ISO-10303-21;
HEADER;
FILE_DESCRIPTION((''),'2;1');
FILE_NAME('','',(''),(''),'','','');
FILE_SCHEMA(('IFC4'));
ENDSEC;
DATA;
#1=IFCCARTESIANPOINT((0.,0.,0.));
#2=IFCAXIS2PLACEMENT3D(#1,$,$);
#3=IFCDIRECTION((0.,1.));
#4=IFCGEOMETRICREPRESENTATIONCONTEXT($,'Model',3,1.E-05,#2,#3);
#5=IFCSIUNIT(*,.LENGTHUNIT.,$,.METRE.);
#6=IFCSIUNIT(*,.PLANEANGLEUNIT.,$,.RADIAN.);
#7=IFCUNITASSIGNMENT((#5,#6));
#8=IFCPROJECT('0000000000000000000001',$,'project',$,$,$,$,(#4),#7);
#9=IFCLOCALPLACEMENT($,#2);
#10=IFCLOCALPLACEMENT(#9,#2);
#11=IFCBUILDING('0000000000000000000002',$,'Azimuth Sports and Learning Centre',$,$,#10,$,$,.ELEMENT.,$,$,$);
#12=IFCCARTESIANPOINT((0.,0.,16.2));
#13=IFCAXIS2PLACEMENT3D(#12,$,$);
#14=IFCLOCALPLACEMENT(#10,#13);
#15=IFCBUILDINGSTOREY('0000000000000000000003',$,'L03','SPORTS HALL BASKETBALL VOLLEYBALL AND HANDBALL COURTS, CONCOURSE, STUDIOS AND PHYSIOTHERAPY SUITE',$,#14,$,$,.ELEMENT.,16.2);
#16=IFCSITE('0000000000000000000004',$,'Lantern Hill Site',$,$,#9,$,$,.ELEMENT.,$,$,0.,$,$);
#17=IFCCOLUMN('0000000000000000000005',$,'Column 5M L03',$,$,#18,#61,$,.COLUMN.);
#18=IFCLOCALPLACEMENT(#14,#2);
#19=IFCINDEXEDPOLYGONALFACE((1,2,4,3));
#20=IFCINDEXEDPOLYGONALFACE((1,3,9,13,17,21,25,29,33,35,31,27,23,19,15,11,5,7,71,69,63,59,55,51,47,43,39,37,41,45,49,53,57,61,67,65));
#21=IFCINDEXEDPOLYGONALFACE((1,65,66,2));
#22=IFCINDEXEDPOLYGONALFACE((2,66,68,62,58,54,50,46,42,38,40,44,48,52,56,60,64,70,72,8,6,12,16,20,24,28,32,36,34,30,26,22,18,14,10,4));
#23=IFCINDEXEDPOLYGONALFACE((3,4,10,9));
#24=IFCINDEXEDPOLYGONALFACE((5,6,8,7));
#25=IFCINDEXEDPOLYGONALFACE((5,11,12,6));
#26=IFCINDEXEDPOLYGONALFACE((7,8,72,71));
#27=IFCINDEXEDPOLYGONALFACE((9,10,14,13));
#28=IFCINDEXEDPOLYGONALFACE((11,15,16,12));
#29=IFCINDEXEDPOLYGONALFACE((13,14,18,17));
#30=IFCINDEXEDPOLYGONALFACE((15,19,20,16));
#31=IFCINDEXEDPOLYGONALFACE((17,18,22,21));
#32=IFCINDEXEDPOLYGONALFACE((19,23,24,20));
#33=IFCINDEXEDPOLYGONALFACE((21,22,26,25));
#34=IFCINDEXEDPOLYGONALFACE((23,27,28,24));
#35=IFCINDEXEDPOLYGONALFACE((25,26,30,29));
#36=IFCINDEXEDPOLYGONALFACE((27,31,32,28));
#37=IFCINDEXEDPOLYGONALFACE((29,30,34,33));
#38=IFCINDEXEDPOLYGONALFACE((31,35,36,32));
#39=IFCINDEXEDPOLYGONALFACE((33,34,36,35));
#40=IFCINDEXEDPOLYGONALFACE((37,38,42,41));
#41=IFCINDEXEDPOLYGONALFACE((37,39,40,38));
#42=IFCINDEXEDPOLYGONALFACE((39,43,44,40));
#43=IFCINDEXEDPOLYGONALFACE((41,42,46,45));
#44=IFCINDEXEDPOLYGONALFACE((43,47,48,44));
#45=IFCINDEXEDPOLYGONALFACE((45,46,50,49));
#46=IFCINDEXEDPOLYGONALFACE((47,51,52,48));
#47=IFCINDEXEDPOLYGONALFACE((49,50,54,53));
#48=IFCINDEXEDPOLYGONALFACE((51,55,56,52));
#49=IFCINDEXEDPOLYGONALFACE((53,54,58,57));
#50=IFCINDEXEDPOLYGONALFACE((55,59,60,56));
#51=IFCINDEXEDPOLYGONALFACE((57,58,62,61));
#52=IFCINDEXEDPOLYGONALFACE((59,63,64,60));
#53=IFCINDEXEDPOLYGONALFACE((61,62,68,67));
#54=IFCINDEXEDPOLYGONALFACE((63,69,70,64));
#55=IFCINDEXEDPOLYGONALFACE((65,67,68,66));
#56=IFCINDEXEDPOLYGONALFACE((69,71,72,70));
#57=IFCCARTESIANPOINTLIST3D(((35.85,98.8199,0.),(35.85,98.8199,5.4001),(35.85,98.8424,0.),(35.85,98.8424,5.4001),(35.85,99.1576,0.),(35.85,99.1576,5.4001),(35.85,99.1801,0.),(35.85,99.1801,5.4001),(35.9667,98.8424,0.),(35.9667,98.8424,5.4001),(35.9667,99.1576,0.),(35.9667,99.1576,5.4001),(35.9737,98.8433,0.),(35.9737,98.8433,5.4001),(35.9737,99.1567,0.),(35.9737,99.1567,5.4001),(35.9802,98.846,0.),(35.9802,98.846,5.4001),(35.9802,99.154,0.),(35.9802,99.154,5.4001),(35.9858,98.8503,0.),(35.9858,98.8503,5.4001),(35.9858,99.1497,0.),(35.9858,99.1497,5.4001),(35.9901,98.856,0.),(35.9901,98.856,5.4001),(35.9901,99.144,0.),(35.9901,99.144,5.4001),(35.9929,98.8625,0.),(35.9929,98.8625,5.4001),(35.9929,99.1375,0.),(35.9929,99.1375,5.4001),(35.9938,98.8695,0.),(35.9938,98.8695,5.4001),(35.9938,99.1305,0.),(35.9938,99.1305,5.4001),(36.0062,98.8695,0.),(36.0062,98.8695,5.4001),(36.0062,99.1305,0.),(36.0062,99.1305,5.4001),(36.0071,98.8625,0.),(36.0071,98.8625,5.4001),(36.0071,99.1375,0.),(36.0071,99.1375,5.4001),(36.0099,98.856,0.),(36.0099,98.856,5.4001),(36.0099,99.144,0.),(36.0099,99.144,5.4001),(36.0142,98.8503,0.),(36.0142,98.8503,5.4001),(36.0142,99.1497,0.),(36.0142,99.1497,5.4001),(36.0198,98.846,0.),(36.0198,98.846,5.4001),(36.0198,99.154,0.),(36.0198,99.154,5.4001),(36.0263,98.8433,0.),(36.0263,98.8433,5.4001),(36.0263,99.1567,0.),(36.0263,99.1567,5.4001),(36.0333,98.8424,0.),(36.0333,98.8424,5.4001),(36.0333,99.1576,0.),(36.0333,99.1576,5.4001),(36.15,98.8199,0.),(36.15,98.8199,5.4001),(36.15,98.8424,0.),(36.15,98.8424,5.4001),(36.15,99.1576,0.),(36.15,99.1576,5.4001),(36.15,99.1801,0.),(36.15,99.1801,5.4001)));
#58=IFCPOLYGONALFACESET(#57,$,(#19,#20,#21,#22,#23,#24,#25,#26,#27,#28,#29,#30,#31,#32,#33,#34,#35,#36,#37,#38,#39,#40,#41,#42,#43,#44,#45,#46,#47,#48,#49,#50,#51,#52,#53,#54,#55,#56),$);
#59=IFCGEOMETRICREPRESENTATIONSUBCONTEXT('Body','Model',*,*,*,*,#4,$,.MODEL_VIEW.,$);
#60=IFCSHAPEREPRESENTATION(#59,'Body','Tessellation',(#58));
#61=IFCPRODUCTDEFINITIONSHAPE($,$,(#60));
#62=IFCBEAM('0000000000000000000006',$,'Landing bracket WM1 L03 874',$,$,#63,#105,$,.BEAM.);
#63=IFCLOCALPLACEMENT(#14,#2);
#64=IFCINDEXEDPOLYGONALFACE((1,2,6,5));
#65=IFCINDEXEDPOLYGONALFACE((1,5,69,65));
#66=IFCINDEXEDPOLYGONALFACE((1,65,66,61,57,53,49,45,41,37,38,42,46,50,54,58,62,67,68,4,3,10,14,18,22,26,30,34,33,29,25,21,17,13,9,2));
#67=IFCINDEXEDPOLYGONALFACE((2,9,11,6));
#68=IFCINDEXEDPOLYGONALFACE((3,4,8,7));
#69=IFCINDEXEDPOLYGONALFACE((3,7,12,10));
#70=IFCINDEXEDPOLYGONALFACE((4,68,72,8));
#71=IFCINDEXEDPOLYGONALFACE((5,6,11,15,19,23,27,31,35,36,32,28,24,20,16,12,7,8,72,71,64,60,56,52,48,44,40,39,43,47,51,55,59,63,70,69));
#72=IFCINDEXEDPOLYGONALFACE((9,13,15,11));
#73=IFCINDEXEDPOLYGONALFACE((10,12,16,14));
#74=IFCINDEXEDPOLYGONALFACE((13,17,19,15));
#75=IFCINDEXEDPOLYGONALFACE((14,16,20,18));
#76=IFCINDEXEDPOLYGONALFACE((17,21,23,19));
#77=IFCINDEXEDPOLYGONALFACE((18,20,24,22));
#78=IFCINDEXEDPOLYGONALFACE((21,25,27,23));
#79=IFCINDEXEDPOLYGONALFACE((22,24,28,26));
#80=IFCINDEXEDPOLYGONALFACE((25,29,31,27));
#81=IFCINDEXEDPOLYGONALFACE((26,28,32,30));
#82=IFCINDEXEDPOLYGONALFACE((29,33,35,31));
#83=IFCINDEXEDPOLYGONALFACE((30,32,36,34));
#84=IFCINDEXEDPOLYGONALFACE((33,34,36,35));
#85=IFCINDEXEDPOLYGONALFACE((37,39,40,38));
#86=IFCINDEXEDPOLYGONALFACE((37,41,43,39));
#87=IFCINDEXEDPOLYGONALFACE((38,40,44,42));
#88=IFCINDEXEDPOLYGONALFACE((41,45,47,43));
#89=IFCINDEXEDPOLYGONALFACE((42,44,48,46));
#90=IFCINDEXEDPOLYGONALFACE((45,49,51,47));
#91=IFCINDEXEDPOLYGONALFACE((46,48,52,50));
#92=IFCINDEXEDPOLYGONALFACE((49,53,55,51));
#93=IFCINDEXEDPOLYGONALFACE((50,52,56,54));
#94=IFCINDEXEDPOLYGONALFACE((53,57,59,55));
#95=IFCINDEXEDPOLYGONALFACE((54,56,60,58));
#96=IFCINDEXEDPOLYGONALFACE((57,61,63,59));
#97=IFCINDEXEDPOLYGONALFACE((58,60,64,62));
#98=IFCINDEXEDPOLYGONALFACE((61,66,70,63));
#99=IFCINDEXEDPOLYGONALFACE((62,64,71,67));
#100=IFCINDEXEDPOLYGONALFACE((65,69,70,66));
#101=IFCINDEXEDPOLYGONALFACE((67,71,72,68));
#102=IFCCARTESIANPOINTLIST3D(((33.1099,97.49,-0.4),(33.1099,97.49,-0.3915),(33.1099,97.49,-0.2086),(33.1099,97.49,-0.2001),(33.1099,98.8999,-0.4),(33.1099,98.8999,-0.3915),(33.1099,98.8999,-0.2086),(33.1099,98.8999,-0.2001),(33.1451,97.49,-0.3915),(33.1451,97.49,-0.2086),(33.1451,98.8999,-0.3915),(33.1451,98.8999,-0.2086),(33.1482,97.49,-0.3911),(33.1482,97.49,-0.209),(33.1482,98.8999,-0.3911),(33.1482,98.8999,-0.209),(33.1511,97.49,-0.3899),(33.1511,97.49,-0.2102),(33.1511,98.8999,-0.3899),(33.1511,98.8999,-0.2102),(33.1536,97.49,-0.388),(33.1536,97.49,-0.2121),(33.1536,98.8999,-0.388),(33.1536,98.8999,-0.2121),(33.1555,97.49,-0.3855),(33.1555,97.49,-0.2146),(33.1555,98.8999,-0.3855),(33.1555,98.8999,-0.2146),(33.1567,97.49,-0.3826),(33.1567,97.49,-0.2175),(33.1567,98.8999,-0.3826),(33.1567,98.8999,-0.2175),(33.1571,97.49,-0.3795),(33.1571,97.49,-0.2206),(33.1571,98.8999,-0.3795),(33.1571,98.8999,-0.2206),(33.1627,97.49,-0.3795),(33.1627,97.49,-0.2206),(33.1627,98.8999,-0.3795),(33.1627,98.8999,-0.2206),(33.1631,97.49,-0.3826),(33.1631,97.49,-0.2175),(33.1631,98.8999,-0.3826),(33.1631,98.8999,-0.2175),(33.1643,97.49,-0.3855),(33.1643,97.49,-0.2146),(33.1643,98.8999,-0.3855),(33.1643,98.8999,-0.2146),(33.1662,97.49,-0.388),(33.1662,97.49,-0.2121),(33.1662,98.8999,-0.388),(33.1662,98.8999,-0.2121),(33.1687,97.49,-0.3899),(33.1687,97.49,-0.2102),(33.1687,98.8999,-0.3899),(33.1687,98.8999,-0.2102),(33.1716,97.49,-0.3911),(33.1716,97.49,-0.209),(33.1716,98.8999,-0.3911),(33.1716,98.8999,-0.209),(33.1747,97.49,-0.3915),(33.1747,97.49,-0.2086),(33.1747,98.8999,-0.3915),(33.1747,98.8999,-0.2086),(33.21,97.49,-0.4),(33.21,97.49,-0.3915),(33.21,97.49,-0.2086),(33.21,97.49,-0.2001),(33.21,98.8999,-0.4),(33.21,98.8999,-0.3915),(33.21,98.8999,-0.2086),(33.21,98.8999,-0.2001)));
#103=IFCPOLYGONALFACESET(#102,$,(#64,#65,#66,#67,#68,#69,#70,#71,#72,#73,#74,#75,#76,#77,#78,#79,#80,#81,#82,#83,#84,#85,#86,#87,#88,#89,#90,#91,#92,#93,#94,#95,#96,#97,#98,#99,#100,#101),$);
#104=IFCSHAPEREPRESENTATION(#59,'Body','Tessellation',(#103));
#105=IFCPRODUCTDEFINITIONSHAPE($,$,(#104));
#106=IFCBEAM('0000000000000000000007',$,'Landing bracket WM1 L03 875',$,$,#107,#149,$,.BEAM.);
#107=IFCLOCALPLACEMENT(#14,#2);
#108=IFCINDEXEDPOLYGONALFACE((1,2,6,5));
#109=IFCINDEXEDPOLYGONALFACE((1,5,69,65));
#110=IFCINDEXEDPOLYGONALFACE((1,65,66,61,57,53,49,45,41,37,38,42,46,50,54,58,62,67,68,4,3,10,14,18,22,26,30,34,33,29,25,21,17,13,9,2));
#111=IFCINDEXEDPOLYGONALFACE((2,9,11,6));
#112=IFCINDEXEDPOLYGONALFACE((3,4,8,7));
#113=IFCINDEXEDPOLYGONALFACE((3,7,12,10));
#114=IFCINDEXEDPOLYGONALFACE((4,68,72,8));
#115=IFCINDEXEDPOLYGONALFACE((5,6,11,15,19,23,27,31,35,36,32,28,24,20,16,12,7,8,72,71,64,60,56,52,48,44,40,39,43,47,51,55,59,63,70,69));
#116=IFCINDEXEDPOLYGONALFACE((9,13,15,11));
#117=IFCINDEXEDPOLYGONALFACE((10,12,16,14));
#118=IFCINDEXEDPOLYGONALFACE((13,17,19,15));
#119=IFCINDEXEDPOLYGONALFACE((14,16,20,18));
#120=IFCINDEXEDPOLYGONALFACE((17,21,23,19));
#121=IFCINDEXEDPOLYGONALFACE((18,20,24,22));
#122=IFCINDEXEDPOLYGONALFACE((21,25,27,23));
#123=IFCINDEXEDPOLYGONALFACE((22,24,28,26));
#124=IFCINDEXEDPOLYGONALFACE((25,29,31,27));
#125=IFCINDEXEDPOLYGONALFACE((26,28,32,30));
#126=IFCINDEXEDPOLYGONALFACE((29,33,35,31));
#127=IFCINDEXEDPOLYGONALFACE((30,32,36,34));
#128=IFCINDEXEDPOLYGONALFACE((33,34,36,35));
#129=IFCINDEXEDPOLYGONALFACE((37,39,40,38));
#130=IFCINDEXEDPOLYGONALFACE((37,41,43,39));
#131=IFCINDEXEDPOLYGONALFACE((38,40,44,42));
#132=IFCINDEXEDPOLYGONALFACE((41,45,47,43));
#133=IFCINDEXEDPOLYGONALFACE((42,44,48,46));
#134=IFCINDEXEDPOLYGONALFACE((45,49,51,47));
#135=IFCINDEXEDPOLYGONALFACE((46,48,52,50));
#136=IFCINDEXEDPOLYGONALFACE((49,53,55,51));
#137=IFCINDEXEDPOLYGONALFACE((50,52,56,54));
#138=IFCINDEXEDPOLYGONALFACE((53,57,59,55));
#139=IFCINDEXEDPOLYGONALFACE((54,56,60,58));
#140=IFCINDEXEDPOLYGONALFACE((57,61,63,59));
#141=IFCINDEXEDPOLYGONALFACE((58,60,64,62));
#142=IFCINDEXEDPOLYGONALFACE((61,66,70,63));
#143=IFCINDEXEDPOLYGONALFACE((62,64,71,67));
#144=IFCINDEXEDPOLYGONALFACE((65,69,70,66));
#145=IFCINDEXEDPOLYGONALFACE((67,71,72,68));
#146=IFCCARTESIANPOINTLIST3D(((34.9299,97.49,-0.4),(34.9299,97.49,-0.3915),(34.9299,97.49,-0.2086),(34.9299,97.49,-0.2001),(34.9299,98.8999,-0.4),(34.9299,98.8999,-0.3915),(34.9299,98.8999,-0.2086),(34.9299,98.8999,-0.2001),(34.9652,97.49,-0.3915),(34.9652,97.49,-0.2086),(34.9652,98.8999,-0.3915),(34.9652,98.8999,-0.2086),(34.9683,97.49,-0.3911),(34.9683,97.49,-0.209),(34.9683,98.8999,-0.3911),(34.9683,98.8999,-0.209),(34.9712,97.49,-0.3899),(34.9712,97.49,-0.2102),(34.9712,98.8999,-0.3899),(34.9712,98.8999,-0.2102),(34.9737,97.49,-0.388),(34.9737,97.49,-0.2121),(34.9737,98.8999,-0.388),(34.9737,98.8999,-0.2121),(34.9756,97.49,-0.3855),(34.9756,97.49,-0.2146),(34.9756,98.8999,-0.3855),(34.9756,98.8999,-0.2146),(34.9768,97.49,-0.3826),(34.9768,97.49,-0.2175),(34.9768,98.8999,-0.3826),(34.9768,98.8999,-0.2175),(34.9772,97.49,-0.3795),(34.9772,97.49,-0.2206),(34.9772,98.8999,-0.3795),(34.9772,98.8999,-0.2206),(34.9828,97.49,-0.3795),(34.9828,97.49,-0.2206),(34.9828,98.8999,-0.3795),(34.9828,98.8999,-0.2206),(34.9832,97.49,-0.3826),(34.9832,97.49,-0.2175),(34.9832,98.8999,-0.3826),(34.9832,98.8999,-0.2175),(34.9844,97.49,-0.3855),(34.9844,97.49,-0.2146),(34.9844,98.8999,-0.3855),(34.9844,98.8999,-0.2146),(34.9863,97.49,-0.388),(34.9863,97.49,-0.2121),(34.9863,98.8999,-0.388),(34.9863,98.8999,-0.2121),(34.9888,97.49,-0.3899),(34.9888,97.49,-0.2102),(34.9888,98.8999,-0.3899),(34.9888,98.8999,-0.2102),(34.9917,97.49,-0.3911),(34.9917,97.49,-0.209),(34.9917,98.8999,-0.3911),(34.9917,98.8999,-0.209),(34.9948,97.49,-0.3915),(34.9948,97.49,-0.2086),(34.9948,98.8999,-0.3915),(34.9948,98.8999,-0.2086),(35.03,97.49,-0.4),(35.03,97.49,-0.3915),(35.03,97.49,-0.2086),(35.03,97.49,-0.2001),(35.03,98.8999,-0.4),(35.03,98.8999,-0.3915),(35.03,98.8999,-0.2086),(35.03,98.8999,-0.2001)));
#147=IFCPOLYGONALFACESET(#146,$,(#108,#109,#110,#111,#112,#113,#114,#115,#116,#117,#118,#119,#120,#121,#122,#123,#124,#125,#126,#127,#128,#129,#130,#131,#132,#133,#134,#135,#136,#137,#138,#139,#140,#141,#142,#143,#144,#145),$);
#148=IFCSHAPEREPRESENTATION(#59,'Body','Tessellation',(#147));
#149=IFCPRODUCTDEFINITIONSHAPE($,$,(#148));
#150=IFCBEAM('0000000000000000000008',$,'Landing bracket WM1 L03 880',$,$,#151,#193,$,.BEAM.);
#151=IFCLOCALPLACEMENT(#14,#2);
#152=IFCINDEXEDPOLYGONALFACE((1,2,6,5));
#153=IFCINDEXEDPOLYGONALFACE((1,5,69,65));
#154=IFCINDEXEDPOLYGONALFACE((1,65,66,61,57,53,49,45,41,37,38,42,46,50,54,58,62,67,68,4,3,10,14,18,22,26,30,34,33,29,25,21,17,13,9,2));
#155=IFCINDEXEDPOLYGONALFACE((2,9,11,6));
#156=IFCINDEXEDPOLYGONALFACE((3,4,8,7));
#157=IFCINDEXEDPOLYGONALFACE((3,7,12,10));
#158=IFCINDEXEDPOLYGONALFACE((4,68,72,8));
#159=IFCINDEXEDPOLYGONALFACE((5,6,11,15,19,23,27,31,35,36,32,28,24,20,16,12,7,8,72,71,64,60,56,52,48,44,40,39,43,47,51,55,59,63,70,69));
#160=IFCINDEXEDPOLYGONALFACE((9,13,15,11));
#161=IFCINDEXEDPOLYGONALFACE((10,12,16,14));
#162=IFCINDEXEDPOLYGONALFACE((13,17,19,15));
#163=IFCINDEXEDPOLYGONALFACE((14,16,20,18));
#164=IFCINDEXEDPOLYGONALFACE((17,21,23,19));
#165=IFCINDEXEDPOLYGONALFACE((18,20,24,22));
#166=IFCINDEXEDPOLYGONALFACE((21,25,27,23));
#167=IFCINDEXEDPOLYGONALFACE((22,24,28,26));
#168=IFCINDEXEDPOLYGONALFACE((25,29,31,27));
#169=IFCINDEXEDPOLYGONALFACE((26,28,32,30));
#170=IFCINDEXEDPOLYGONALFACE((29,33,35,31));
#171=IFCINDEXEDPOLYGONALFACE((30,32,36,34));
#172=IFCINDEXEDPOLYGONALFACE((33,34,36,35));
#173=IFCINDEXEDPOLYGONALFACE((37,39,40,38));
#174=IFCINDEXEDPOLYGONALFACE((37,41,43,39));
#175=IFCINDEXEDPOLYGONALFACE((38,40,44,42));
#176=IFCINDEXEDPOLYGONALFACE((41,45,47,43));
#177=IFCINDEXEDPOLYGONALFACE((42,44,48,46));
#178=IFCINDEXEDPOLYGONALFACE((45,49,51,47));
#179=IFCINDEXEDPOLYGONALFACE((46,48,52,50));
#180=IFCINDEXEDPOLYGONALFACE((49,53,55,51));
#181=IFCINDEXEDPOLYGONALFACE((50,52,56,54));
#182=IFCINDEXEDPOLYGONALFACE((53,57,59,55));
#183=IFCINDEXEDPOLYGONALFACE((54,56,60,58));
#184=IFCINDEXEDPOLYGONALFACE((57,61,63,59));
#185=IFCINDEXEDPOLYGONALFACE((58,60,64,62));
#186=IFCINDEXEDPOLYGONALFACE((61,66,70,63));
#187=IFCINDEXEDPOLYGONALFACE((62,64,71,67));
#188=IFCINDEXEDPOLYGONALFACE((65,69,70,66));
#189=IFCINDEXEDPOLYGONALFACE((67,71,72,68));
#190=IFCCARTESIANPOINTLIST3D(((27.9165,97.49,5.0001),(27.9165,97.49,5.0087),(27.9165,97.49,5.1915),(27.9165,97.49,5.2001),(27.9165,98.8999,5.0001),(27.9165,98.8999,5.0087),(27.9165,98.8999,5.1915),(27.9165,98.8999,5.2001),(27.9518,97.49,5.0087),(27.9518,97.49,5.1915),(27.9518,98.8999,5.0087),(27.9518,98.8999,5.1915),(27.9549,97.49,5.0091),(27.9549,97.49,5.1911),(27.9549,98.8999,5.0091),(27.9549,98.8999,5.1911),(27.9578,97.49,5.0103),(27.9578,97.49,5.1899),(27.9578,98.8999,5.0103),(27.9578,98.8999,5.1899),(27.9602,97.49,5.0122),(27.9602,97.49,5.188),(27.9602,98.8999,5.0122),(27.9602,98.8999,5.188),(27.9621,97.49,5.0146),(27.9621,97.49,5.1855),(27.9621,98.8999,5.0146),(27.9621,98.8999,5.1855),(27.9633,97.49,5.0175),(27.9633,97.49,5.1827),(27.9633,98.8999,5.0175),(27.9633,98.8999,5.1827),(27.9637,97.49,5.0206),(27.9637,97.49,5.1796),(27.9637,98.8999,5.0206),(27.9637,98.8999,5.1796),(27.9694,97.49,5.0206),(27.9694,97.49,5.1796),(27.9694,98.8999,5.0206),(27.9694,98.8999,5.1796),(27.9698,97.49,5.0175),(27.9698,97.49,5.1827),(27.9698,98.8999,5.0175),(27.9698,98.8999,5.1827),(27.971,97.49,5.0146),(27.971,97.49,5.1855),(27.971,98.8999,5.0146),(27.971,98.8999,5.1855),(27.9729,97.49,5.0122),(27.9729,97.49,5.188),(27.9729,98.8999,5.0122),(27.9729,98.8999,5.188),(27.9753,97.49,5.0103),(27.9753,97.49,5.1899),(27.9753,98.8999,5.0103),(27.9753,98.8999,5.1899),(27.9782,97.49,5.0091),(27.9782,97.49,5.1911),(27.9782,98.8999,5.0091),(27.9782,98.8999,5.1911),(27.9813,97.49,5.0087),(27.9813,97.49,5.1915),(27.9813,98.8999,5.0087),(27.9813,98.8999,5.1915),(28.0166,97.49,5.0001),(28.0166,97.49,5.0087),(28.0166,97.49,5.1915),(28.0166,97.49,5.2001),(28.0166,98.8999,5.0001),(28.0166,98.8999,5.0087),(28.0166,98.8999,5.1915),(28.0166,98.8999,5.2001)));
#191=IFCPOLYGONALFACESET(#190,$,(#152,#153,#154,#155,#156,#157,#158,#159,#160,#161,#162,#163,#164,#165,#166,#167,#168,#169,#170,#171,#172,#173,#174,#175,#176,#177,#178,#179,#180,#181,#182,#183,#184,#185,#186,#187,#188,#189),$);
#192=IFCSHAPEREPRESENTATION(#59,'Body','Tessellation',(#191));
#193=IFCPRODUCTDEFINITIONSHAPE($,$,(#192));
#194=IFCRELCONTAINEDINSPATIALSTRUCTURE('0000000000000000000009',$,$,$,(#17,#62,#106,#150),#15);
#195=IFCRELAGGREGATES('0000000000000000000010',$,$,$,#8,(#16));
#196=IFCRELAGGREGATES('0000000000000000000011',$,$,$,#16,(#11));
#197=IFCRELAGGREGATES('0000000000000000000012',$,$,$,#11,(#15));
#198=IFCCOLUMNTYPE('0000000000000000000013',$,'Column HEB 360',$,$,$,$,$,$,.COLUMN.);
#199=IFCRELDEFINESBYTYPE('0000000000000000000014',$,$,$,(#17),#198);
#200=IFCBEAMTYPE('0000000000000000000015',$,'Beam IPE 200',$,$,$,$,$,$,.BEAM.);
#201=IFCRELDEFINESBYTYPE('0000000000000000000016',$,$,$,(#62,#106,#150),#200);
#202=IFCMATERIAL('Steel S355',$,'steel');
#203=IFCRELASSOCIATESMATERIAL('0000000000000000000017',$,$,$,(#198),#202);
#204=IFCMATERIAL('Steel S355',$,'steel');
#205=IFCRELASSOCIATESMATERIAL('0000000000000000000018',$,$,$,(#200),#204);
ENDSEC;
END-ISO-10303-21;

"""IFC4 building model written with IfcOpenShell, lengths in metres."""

from ifc_helpers import new_model, si_unit, direction, frame, origin, origin_2d, place, context, subcontext, project, spatial, i_section, extrude, material, material_profile, profile_set, type_object, element, save


model = new_model("IFC4")

# Units and contexts
model_context = context("Model", 3, precision=1e-05, world=origin(), true_north=direction((0.0, 1.0)))
body_context = subcontext(model_context, "Body", "Model", "MODEL_VIEW")
ifc_project = project(units=[si_unit("LENGTHUNIT", "METRE"), si_unit("PLANEANGLEUNIT", "RADIAN")], contexts=[model_context])

# Site, building, storey
site_placement = place(None, origin())
site = spatial("IfcSite", under=ifc_project, at=site_placement, Name="Lantern Hill Site", CompositionType="ELEMENT", RefElevation=0.0)
building_placement = place(site_placement, origin())
building = spatial("IfcBuilding", under=site, at=building_placement, Name="Azimuth Sports and Learning Centre", CompositionType="ELEMENT")
storey_placement = place(building_placement, frame((0.0, 0.0, 16.2)))
storey = spatial("IfcBuildingStorey", under=building, at=storey_placement, Name="L03", Description="SPORTS HALL BASKETBALL VOLLEYBALL AND HANDBALL COURTS, CONCOURSE, STUDIOS AND PHYSIOTHERAPY SUITE", CompositionType="ELEMENT", Elevation=16.2)

# Column
ifc_material_1 = material(Name="Steel S355", Category="steel")
ifc_material_profile_1 = material_profile(ifc_material_1, i_section(OverallWidth=0.3, OverallDepth=0.3601, WebThickness=0.0125, FlangeThickness=0.0225, FilletRadius=0.0271, at=origin_2d()), Name="HEB 360")
ifc_profile_set_1 = profile_set([ifc_material_profile_1], Name="Steel S355")
column_type = type_object("IfcColumnType", Name="Column HEB 360", PredefinedType="COLUMN", material=ifc_profile_set_1)
column_placement = place(storey_placement, frame((36.0, 99.0, 0.0), z_axis=(0.0, 0.0, 1.0), x_axis=(1.0, 0.0, 0.0)))
element("IfcColumn", 1, at=column_placement, inside=storey, type_object=column_type, Name="Column 5M L03", PredefinedType="COLUMN", context=body_context, shape_type="SweptSolid", body=[
    extrude(i_section(OverallWidth=0.3, OverallDepth=0.3601, WebThickness=0.0125, FlangeThickness=0.0225, FilletRadius=0.0271, at=origin_2d()), origin(), (0.0, 0.0, 1.0), 5.4001),
])

# Beams
ifc_material_2 = material(Name="Steel S355", Category="steel")
ifc_material_profile_2 = material_profile(ifc_material_2, i_section(OverallWidth=0.1001, OverallDepth=0.2, WebThickness=0.0056, FlangeThickness=0.0085, FilletRadius=0.012, at=origin_2d()), Name="IPE 200")
ifc_profile_set_2 = profile_set([ifc_material_profile_2], Name="Steel S355")
beam_type_1 = type_object("IfcBeamType", Name="Beam IPE 200", PredefinedType="BEAM", material=ifc_profile_set_2)
for number, where, z_axis, x_axis, name in (
    (2, (33.1599, 98.8999, -0.3), (0.0, -1.0, 0.0), (1.0, 0.0, 0.0), "Landing bracket WM1 L03 874"),
    (3, (34.98, 98.8999, -0.3), (0.0, -1.0, 0.0), (1.0, 0.0, 0.0), "Landing bracket WM1 L03 875"),
    (4, (27.9666, 98.8999, 5.1001), (0.0, -1.0, 0.0), (1.0, 0.0, 0.0), "Landing bracket WM1 L03 880"),
):
    element("IfcBeam", number, at=place(storey_placement, frame(where, z_axis=z_axis, x_axis=x_axis)), inside=storey, type_object=beam_type_1, Name=name, PredefinedType="BEAM", context=body_context, shape_type="SweptSolid", body=[
        extrude(i_section(OverallWidth=0.1001, OverallDepth=0.2, WebThickness=0.0056, FlangeThickness=0.0085, FilletRadius=0.012, at=origin_2d()), origin(), (0.0, 0.0, 1.0), 1.4099),
    ])

save(model, "model.ifc")
